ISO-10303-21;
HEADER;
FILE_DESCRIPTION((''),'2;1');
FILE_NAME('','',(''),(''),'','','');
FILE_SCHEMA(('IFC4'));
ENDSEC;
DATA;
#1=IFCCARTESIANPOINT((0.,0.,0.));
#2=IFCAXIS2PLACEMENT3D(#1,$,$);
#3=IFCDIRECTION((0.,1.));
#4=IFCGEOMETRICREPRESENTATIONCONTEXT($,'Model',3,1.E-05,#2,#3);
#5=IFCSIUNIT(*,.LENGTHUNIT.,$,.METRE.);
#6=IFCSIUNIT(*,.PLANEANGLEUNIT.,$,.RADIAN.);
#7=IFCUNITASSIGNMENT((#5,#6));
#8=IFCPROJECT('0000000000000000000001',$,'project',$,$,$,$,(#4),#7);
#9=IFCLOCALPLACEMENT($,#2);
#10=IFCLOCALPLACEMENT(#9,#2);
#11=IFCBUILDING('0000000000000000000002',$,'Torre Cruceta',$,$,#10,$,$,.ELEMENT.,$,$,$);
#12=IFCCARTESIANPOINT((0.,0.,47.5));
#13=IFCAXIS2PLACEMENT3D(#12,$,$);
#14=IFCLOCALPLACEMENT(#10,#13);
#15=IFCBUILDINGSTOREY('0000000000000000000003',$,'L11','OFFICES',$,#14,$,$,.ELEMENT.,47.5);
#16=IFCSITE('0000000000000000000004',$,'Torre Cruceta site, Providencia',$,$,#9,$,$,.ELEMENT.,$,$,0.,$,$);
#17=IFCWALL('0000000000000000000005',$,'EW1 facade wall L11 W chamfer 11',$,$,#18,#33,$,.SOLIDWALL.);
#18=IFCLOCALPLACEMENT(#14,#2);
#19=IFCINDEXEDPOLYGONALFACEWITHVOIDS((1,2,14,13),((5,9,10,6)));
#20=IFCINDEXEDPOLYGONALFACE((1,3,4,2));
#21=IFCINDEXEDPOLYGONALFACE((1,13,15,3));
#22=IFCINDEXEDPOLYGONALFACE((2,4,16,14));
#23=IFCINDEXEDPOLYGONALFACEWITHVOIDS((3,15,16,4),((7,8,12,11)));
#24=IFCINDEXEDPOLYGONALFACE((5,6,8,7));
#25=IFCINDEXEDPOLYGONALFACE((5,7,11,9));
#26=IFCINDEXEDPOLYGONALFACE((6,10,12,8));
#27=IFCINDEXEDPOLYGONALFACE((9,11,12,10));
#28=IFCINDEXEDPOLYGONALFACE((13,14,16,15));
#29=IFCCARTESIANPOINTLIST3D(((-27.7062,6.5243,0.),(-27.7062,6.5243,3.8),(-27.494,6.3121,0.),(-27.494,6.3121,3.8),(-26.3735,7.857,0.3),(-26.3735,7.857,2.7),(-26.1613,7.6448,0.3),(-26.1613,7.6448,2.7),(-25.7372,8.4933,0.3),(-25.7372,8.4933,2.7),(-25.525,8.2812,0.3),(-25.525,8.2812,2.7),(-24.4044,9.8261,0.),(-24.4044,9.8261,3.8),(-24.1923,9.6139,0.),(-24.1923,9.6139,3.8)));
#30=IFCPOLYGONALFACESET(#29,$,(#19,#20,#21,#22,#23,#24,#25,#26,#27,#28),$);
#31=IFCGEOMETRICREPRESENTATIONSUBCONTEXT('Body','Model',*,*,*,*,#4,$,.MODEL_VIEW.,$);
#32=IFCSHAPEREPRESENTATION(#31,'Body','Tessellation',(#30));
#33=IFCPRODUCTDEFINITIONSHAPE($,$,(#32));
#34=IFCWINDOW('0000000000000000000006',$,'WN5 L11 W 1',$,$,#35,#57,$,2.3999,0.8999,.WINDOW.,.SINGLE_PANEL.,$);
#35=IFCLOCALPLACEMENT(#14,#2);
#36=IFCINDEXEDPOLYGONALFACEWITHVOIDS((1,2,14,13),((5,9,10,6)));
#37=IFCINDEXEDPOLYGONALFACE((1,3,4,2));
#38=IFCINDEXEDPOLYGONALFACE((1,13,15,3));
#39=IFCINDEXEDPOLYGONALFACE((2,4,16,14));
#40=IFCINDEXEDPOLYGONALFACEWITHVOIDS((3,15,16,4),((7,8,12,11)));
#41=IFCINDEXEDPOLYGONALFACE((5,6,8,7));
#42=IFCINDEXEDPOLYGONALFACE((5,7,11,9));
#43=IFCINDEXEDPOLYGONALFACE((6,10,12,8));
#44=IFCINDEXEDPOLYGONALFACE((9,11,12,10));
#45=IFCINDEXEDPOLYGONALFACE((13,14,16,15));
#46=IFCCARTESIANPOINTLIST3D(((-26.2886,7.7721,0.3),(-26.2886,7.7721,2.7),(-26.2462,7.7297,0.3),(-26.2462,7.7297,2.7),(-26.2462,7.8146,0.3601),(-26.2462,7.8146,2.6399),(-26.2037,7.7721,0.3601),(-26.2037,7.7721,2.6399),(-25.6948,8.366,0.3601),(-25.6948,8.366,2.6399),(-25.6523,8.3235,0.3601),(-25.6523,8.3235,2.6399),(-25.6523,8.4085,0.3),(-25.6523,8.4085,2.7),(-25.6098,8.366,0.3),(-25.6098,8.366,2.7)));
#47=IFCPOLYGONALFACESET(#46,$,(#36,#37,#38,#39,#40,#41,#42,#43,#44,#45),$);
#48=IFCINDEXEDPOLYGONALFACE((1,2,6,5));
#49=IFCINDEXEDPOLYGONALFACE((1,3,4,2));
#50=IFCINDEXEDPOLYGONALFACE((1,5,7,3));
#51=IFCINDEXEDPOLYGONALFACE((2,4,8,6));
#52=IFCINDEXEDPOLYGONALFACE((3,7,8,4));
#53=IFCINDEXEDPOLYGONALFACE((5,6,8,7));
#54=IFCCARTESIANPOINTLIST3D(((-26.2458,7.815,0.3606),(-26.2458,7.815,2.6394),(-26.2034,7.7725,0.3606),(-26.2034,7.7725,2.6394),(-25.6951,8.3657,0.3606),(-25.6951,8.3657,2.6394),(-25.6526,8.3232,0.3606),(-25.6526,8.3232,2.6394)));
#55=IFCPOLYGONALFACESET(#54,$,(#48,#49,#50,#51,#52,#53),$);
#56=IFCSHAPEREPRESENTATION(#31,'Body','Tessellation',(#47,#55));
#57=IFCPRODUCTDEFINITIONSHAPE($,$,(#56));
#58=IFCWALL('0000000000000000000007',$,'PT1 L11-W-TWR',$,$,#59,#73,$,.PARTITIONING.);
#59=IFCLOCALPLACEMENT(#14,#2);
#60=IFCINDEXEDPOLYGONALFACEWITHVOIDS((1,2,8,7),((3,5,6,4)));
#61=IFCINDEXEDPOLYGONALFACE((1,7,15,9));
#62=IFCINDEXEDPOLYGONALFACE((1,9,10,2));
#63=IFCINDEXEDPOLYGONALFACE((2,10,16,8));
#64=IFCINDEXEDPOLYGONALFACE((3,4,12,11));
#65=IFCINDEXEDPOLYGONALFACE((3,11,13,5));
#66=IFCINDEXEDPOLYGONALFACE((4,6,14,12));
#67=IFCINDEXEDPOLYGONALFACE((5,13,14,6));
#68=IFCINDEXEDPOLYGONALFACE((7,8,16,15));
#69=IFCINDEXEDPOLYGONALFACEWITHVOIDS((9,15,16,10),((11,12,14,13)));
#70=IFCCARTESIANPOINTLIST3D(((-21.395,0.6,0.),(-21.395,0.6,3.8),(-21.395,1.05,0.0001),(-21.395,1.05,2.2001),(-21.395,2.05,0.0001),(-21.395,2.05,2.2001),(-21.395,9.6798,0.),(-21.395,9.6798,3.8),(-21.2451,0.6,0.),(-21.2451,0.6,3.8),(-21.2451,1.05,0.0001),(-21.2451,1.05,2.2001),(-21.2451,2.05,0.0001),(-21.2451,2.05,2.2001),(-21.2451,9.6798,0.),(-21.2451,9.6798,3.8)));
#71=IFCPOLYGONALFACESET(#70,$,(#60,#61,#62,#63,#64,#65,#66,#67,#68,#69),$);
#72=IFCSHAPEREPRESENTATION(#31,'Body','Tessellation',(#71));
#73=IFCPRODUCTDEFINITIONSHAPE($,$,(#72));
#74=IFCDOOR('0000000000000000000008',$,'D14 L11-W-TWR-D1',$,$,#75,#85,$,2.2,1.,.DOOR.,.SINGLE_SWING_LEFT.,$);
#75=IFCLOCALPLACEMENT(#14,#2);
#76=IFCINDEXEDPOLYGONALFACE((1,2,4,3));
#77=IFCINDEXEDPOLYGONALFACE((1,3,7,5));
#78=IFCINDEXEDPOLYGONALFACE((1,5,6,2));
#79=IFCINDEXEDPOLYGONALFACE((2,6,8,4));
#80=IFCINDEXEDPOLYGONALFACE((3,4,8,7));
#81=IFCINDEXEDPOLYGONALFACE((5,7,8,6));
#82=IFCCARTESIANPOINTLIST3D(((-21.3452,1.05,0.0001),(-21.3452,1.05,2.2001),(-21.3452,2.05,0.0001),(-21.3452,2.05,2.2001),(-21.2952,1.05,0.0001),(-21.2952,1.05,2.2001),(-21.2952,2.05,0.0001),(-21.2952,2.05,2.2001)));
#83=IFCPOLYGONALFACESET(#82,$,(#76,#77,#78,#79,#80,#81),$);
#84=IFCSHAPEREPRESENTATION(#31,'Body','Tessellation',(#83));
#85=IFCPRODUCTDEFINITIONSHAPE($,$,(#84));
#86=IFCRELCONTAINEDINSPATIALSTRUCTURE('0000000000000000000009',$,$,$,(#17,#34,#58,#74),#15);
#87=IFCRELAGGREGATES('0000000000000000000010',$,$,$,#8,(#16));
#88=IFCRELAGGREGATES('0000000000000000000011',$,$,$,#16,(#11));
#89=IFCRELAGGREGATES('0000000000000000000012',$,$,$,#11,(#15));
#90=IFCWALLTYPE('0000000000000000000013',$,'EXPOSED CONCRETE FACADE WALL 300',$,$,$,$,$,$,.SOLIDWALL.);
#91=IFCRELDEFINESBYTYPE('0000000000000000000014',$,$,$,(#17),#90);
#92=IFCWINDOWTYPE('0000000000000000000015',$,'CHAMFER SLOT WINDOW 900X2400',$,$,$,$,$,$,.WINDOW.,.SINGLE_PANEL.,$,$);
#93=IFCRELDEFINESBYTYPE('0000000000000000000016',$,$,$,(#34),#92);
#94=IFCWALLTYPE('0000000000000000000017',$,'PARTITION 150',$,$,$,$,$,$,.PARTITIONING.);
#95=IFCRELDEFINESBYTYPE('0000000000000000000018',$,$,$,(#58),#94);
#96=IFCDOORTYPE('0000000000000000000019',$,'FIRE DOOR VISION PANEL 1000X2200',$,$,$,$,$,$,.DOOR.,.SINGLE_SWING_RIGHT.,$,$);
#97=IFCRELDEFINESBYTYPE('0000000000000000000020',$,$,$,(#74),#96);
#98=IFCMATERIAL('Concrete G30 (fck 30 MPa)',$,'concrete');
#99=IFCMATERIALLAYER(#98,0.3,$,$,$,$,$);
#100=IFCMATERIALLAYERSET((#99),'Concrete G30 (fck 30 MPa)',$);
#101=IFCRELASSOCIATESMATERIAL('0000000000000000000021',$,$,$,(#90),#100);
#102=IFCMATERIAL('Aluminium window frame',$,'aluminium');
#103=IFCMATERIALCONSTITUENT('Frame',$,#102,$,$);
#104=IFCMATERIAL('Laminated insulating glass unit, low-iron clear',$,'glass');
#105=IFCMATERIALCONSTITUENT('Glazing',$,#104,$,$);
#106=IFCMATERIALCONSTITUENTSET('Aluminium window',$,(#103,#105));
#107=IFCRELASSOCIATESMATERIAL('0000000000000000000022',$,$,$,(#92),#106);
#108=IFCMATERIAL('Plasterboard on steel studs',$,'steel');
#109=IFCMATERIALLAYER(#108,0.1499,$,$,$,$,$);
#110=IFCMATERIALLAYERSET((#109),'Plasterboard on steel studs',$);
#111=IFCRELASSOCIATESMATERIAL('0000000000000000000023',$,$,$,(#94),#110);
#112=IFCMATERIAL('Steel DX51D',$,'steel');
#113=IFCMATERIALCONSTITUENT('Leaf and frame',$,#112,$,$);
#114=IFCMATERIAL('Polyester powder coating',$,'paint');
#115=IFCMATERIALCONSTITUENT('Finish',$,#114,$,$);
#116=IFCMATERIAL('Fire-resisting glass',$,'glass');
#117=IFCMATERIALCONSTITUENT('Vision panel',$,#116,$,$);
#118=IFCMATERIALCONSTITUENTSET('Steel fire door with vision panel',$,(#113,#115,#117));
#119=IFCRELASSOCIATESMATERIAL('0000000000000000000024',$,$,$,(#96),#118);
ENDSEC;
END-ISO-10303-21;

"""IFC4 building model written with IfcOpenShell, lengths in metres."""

from ifc_helpers import new_model, si_unit, direction, frame, frame_2d, origin, place, context, subcontext, project, spatial, rectangle, hollow_rectangle, extrude, material, layer, layer_set, constituent, constituent_set, type_object, element, fill, save


model = new_model("IFC4")

# Units and contexts
model_context = context("Model", 3, precision=1e-05, world=origin(), true_north=direction((0.0, 1.0)))
body_context = subcontext(model_context, "Body", "Model", "MODEL_VIEW")
ifc_project = project(units=[si_unit("LENGTHUNIT", "METRE"), si_unit("PLANEANGLEUNIT", "RADIAN")], contexts=[model_context])

# Site, building, storey
site_placement = place(None, origin())
site = spatial("IfcSite", under=ifc_project, at=site_placement, Name="Torre Cruceta site, Providencia", CompositionType="ELEMENT", RefElevation=0.0)
building_placement = place(site_placement, origin())
building = spatial("IfcBuilding", under=site, at=building_placement, Name="Torre Cruceta", CompositionType="ELEMENT")
storey_placement = place(building_placement, frame((0.0, 0.0, 47.5)))
storey = spatial("IfcBuildingStorey", under=building, at=storey_placement, Name="L11", Description="OFFICES", CompositionType="ELEMENT", Elevation=47.5)

# Wall, opening, window
ifc_material_1 = material(Name="Concrete G30 (fck 30 MPa)", Category="concrete")
ifc_layer_1 = layer(ifc_material_1, 0.3)
ifc_layer_set_1 = layer_set([ifc_layer_1], Name="Concrete G30 (fck 30 MPa)")
wall_type_1 = type_object("IfcWallType", Name="EXPOSED CONCRETE FACADE WALL 300", PredefinedType="SOLIDWALL", material=ifc_layer_set_1)
wall_1_placement = place(storey_placement, frame((-24.2983, 9.72, 0.0), z_axis=(0.0, 0.0, 1.0), x_axis=(-0.707107, -0.707107, 0.0)))
wall_1 = element("IfcWall", 1, at=wall_1_placement, inside=storey, type_object=wall_type_1, Name="EW1 facade wall L11 W chamfer 11", PredefinedType="SOLIDWALL", context=body_context, shape_type="SweptSolid", body=[
    extrude(rectangle(XDim=4.6694, YDim=0.3, at=frame_2d((2.3347, 0.0))), origin(), (0.0, 0.0, 1.0), 3.8),
])
opening_1_placement = place(wall_1_placement, frame((1.8848, 0.0, 0.3)))
opening_1 = element("IfcOpeningElement", 2, at=opening_1_placement, cuts=wall_1, PredefinedType="OPENING", context=body_context, shape_type="SweptSolid", body=[
    extrude(rectangle(XDim=0.8999, YDim=2.3999, at=frame_2d((0.45, 1.2))), frame((0.0, 0.1599, 0.0), z_axis=(0.0, -1.0, 0.0), x_axis=(1.0, 0.0, 0.0)), (0.0, 0.0, 1.0), 0.3201),
])
ifc_material_2 = material(Name="Aluminium window frame", Category="aluminium")
ifc_constituent_1 = constituent(ifc_material_2, Name="Frame")
ifc_material_3 = material(Name="Laminated insulating glass unit, low-iron clear", Category="glass")
ifc_constituent_2 = constituent(ifc_material_3, Name="Glazing")
ifc_constituent_set_1 = constituent_set(constituents=[ifc_constituent_1, ifc_constituent_2], Name="Aluminium window")
window_type = type_object("IfcWindowType", Name="CHAMFER SLOT WINDOW 900X2400", PartitioningType="SINGLE_PANEL", PredefinedType="WINDOW", material=ifc_constituent_set_1)
window_placement = place(opening_1_placement, origin())
window = element("IfcWindow", 3, at=window_placement, inside=storey, type_object=window_type, Name="WN5 L11 W 1", OverallHeight=2.3999, OverallWidth=0.8999, PartitioningType="SINGLE_PANEL", PredefinedType="WINDOW", context=body_context, shape_type="SweptSolid", body=[
    extrude(hollow_rectangle(XDim=0.8999, YDim=2.3999, WallThickness=0.0601, at=frame_2d((0.45, 1.2))), frame((0.0, 0.03, 0.0), z_axis=(0.0, -1.0, 0.0), x_axis=(1.0, 0.0, 0.0)), (0.0, 0.0, 1.0), 0.0601),
    extrude(rectangle(XDim=0.7788, YDim=2.2788, at=frame_2d((0.45, 1.2))), frame((0.0, 0.03, 0.0), z_axis=(0.0, -1.0, 0.0), x_axis=(1.0, 0.0, 0.0)), (0.0, 0.0, 1.0), 0.0601),
])
fill(opening_1, window)

# Wall, opening, door
ifc_material_4 = material(Name="Plasterboard on steel studs", Category="steel")
ifc_layer_2 = layer(ifc_material_4, 0.1499)
ifc_layer_set_2 = layer_set([ifc_layer_2], Name="Plasterboard on steel studs")
wall_type_2 = type_object("IfcWallType", Name="PARTITION 150", PredefinedType="PARTITIONING", material=ifc_layer_set_2)
wall_2_placement = place(storey_placement, frame((-21.3201, 9.6799, 0.0), z_axis=(0.0, 0.0, 1.0), x_axis=(0.0, -1.0, 0.0)))
wall_2 = element("IfcWall", 4, at=wall_2_placement, inside=storey, type_object=wall_type_2, Name="PT1 L11-W-TWR", PredefinedType="PARTITIONING", context=body_context, shape_type="SweptSolid", body=[
    extrude(rectangle(XDim=9.0798, YDim=0.1499, at=frame_2d((4.54, 0.0))), origin(), (0.0, 0.0, 1.0), 3.8),
])
opening_2_placement = place(wall_2_placement, frame((7.6299, 0.0, 0.0)))
opening_2 = element("IfcOpeningElement", 5, at=opening_2_placement, cuts=wall_2, PredefinedType="OPENING", context=body_context, shape_type="SweptSolid", body=[
    extrude(rectangle(XDim=1.0, YDim=2.2, at=frame_2d((0.5, 1.1001))), frame((0.0, 0.085, 0.0), z_axis=(0.0, -1.0, 0.0), x_axis=(1.0, 0.0, 0.0)), (0.0, 0.0, 1.0), 0.1699),
])
ifc_material_5 = material(Name="Steel DX51D", Category="steel")
ifc_constituent_3 = constituent(ifc_material_5, Name="Leaf and frame")
ifc_material_6 = material(Name="Polyester powder coating", Category="paint")
ifc_constituent_4 = constituent(ifc_material_6, Name="Finish")
ifc_material_7 = material(Name="Fire-resisting glass", Category="glass")
ifc_constituent_5 = constituent(ifc_material_7, Name="Vision panel")
ifc_constituent_set_2 = constituent_set(constituents=[ifc_constituent_3, ifc_constituent_4, ifc_constituent_5], Name="Steel fire door with vision panel")
door_type = type_object("IfcDoorType", Name="FIRE DOOR VISION PANEL 1000X2200", OperationType="SINGLE_SWING_RIGHT", PredefinedType="DOOR", material=ifc_constituent_set_2)
door_placement = place(opening_2_placement, frame((1.0, 0.0, 0.0), z_axis=(0.0, 0.0, 1.0), x_axis=(-1.0, 0.0, 0.0)))
door = element("IfcDoor", 6, at=door_placement, inside=storey, type_object=door_type, Name="D14 L11-W-TWR-D1", OperationType="SINGLE_SWING_LEFT", OverallHeight=2.2, OverallWidth=1.0, PredefinedType="DOOR", context=body_context, shape_type="SweptSolid", body=[
    extrude(rectangle(XDim=1.0, YDim=2.2, at=frame_2d((0.5, 1.1001))), frame((0.0, 0.0251, 0.0), z_axis=(0.0, -1.0, 0.0), x_axis=(1.0, 0.0, 0.0)), (0.0, 0.0, 1.0), 0.05),
])
fill(opening_2, door)

save(model, "model.ifc")
